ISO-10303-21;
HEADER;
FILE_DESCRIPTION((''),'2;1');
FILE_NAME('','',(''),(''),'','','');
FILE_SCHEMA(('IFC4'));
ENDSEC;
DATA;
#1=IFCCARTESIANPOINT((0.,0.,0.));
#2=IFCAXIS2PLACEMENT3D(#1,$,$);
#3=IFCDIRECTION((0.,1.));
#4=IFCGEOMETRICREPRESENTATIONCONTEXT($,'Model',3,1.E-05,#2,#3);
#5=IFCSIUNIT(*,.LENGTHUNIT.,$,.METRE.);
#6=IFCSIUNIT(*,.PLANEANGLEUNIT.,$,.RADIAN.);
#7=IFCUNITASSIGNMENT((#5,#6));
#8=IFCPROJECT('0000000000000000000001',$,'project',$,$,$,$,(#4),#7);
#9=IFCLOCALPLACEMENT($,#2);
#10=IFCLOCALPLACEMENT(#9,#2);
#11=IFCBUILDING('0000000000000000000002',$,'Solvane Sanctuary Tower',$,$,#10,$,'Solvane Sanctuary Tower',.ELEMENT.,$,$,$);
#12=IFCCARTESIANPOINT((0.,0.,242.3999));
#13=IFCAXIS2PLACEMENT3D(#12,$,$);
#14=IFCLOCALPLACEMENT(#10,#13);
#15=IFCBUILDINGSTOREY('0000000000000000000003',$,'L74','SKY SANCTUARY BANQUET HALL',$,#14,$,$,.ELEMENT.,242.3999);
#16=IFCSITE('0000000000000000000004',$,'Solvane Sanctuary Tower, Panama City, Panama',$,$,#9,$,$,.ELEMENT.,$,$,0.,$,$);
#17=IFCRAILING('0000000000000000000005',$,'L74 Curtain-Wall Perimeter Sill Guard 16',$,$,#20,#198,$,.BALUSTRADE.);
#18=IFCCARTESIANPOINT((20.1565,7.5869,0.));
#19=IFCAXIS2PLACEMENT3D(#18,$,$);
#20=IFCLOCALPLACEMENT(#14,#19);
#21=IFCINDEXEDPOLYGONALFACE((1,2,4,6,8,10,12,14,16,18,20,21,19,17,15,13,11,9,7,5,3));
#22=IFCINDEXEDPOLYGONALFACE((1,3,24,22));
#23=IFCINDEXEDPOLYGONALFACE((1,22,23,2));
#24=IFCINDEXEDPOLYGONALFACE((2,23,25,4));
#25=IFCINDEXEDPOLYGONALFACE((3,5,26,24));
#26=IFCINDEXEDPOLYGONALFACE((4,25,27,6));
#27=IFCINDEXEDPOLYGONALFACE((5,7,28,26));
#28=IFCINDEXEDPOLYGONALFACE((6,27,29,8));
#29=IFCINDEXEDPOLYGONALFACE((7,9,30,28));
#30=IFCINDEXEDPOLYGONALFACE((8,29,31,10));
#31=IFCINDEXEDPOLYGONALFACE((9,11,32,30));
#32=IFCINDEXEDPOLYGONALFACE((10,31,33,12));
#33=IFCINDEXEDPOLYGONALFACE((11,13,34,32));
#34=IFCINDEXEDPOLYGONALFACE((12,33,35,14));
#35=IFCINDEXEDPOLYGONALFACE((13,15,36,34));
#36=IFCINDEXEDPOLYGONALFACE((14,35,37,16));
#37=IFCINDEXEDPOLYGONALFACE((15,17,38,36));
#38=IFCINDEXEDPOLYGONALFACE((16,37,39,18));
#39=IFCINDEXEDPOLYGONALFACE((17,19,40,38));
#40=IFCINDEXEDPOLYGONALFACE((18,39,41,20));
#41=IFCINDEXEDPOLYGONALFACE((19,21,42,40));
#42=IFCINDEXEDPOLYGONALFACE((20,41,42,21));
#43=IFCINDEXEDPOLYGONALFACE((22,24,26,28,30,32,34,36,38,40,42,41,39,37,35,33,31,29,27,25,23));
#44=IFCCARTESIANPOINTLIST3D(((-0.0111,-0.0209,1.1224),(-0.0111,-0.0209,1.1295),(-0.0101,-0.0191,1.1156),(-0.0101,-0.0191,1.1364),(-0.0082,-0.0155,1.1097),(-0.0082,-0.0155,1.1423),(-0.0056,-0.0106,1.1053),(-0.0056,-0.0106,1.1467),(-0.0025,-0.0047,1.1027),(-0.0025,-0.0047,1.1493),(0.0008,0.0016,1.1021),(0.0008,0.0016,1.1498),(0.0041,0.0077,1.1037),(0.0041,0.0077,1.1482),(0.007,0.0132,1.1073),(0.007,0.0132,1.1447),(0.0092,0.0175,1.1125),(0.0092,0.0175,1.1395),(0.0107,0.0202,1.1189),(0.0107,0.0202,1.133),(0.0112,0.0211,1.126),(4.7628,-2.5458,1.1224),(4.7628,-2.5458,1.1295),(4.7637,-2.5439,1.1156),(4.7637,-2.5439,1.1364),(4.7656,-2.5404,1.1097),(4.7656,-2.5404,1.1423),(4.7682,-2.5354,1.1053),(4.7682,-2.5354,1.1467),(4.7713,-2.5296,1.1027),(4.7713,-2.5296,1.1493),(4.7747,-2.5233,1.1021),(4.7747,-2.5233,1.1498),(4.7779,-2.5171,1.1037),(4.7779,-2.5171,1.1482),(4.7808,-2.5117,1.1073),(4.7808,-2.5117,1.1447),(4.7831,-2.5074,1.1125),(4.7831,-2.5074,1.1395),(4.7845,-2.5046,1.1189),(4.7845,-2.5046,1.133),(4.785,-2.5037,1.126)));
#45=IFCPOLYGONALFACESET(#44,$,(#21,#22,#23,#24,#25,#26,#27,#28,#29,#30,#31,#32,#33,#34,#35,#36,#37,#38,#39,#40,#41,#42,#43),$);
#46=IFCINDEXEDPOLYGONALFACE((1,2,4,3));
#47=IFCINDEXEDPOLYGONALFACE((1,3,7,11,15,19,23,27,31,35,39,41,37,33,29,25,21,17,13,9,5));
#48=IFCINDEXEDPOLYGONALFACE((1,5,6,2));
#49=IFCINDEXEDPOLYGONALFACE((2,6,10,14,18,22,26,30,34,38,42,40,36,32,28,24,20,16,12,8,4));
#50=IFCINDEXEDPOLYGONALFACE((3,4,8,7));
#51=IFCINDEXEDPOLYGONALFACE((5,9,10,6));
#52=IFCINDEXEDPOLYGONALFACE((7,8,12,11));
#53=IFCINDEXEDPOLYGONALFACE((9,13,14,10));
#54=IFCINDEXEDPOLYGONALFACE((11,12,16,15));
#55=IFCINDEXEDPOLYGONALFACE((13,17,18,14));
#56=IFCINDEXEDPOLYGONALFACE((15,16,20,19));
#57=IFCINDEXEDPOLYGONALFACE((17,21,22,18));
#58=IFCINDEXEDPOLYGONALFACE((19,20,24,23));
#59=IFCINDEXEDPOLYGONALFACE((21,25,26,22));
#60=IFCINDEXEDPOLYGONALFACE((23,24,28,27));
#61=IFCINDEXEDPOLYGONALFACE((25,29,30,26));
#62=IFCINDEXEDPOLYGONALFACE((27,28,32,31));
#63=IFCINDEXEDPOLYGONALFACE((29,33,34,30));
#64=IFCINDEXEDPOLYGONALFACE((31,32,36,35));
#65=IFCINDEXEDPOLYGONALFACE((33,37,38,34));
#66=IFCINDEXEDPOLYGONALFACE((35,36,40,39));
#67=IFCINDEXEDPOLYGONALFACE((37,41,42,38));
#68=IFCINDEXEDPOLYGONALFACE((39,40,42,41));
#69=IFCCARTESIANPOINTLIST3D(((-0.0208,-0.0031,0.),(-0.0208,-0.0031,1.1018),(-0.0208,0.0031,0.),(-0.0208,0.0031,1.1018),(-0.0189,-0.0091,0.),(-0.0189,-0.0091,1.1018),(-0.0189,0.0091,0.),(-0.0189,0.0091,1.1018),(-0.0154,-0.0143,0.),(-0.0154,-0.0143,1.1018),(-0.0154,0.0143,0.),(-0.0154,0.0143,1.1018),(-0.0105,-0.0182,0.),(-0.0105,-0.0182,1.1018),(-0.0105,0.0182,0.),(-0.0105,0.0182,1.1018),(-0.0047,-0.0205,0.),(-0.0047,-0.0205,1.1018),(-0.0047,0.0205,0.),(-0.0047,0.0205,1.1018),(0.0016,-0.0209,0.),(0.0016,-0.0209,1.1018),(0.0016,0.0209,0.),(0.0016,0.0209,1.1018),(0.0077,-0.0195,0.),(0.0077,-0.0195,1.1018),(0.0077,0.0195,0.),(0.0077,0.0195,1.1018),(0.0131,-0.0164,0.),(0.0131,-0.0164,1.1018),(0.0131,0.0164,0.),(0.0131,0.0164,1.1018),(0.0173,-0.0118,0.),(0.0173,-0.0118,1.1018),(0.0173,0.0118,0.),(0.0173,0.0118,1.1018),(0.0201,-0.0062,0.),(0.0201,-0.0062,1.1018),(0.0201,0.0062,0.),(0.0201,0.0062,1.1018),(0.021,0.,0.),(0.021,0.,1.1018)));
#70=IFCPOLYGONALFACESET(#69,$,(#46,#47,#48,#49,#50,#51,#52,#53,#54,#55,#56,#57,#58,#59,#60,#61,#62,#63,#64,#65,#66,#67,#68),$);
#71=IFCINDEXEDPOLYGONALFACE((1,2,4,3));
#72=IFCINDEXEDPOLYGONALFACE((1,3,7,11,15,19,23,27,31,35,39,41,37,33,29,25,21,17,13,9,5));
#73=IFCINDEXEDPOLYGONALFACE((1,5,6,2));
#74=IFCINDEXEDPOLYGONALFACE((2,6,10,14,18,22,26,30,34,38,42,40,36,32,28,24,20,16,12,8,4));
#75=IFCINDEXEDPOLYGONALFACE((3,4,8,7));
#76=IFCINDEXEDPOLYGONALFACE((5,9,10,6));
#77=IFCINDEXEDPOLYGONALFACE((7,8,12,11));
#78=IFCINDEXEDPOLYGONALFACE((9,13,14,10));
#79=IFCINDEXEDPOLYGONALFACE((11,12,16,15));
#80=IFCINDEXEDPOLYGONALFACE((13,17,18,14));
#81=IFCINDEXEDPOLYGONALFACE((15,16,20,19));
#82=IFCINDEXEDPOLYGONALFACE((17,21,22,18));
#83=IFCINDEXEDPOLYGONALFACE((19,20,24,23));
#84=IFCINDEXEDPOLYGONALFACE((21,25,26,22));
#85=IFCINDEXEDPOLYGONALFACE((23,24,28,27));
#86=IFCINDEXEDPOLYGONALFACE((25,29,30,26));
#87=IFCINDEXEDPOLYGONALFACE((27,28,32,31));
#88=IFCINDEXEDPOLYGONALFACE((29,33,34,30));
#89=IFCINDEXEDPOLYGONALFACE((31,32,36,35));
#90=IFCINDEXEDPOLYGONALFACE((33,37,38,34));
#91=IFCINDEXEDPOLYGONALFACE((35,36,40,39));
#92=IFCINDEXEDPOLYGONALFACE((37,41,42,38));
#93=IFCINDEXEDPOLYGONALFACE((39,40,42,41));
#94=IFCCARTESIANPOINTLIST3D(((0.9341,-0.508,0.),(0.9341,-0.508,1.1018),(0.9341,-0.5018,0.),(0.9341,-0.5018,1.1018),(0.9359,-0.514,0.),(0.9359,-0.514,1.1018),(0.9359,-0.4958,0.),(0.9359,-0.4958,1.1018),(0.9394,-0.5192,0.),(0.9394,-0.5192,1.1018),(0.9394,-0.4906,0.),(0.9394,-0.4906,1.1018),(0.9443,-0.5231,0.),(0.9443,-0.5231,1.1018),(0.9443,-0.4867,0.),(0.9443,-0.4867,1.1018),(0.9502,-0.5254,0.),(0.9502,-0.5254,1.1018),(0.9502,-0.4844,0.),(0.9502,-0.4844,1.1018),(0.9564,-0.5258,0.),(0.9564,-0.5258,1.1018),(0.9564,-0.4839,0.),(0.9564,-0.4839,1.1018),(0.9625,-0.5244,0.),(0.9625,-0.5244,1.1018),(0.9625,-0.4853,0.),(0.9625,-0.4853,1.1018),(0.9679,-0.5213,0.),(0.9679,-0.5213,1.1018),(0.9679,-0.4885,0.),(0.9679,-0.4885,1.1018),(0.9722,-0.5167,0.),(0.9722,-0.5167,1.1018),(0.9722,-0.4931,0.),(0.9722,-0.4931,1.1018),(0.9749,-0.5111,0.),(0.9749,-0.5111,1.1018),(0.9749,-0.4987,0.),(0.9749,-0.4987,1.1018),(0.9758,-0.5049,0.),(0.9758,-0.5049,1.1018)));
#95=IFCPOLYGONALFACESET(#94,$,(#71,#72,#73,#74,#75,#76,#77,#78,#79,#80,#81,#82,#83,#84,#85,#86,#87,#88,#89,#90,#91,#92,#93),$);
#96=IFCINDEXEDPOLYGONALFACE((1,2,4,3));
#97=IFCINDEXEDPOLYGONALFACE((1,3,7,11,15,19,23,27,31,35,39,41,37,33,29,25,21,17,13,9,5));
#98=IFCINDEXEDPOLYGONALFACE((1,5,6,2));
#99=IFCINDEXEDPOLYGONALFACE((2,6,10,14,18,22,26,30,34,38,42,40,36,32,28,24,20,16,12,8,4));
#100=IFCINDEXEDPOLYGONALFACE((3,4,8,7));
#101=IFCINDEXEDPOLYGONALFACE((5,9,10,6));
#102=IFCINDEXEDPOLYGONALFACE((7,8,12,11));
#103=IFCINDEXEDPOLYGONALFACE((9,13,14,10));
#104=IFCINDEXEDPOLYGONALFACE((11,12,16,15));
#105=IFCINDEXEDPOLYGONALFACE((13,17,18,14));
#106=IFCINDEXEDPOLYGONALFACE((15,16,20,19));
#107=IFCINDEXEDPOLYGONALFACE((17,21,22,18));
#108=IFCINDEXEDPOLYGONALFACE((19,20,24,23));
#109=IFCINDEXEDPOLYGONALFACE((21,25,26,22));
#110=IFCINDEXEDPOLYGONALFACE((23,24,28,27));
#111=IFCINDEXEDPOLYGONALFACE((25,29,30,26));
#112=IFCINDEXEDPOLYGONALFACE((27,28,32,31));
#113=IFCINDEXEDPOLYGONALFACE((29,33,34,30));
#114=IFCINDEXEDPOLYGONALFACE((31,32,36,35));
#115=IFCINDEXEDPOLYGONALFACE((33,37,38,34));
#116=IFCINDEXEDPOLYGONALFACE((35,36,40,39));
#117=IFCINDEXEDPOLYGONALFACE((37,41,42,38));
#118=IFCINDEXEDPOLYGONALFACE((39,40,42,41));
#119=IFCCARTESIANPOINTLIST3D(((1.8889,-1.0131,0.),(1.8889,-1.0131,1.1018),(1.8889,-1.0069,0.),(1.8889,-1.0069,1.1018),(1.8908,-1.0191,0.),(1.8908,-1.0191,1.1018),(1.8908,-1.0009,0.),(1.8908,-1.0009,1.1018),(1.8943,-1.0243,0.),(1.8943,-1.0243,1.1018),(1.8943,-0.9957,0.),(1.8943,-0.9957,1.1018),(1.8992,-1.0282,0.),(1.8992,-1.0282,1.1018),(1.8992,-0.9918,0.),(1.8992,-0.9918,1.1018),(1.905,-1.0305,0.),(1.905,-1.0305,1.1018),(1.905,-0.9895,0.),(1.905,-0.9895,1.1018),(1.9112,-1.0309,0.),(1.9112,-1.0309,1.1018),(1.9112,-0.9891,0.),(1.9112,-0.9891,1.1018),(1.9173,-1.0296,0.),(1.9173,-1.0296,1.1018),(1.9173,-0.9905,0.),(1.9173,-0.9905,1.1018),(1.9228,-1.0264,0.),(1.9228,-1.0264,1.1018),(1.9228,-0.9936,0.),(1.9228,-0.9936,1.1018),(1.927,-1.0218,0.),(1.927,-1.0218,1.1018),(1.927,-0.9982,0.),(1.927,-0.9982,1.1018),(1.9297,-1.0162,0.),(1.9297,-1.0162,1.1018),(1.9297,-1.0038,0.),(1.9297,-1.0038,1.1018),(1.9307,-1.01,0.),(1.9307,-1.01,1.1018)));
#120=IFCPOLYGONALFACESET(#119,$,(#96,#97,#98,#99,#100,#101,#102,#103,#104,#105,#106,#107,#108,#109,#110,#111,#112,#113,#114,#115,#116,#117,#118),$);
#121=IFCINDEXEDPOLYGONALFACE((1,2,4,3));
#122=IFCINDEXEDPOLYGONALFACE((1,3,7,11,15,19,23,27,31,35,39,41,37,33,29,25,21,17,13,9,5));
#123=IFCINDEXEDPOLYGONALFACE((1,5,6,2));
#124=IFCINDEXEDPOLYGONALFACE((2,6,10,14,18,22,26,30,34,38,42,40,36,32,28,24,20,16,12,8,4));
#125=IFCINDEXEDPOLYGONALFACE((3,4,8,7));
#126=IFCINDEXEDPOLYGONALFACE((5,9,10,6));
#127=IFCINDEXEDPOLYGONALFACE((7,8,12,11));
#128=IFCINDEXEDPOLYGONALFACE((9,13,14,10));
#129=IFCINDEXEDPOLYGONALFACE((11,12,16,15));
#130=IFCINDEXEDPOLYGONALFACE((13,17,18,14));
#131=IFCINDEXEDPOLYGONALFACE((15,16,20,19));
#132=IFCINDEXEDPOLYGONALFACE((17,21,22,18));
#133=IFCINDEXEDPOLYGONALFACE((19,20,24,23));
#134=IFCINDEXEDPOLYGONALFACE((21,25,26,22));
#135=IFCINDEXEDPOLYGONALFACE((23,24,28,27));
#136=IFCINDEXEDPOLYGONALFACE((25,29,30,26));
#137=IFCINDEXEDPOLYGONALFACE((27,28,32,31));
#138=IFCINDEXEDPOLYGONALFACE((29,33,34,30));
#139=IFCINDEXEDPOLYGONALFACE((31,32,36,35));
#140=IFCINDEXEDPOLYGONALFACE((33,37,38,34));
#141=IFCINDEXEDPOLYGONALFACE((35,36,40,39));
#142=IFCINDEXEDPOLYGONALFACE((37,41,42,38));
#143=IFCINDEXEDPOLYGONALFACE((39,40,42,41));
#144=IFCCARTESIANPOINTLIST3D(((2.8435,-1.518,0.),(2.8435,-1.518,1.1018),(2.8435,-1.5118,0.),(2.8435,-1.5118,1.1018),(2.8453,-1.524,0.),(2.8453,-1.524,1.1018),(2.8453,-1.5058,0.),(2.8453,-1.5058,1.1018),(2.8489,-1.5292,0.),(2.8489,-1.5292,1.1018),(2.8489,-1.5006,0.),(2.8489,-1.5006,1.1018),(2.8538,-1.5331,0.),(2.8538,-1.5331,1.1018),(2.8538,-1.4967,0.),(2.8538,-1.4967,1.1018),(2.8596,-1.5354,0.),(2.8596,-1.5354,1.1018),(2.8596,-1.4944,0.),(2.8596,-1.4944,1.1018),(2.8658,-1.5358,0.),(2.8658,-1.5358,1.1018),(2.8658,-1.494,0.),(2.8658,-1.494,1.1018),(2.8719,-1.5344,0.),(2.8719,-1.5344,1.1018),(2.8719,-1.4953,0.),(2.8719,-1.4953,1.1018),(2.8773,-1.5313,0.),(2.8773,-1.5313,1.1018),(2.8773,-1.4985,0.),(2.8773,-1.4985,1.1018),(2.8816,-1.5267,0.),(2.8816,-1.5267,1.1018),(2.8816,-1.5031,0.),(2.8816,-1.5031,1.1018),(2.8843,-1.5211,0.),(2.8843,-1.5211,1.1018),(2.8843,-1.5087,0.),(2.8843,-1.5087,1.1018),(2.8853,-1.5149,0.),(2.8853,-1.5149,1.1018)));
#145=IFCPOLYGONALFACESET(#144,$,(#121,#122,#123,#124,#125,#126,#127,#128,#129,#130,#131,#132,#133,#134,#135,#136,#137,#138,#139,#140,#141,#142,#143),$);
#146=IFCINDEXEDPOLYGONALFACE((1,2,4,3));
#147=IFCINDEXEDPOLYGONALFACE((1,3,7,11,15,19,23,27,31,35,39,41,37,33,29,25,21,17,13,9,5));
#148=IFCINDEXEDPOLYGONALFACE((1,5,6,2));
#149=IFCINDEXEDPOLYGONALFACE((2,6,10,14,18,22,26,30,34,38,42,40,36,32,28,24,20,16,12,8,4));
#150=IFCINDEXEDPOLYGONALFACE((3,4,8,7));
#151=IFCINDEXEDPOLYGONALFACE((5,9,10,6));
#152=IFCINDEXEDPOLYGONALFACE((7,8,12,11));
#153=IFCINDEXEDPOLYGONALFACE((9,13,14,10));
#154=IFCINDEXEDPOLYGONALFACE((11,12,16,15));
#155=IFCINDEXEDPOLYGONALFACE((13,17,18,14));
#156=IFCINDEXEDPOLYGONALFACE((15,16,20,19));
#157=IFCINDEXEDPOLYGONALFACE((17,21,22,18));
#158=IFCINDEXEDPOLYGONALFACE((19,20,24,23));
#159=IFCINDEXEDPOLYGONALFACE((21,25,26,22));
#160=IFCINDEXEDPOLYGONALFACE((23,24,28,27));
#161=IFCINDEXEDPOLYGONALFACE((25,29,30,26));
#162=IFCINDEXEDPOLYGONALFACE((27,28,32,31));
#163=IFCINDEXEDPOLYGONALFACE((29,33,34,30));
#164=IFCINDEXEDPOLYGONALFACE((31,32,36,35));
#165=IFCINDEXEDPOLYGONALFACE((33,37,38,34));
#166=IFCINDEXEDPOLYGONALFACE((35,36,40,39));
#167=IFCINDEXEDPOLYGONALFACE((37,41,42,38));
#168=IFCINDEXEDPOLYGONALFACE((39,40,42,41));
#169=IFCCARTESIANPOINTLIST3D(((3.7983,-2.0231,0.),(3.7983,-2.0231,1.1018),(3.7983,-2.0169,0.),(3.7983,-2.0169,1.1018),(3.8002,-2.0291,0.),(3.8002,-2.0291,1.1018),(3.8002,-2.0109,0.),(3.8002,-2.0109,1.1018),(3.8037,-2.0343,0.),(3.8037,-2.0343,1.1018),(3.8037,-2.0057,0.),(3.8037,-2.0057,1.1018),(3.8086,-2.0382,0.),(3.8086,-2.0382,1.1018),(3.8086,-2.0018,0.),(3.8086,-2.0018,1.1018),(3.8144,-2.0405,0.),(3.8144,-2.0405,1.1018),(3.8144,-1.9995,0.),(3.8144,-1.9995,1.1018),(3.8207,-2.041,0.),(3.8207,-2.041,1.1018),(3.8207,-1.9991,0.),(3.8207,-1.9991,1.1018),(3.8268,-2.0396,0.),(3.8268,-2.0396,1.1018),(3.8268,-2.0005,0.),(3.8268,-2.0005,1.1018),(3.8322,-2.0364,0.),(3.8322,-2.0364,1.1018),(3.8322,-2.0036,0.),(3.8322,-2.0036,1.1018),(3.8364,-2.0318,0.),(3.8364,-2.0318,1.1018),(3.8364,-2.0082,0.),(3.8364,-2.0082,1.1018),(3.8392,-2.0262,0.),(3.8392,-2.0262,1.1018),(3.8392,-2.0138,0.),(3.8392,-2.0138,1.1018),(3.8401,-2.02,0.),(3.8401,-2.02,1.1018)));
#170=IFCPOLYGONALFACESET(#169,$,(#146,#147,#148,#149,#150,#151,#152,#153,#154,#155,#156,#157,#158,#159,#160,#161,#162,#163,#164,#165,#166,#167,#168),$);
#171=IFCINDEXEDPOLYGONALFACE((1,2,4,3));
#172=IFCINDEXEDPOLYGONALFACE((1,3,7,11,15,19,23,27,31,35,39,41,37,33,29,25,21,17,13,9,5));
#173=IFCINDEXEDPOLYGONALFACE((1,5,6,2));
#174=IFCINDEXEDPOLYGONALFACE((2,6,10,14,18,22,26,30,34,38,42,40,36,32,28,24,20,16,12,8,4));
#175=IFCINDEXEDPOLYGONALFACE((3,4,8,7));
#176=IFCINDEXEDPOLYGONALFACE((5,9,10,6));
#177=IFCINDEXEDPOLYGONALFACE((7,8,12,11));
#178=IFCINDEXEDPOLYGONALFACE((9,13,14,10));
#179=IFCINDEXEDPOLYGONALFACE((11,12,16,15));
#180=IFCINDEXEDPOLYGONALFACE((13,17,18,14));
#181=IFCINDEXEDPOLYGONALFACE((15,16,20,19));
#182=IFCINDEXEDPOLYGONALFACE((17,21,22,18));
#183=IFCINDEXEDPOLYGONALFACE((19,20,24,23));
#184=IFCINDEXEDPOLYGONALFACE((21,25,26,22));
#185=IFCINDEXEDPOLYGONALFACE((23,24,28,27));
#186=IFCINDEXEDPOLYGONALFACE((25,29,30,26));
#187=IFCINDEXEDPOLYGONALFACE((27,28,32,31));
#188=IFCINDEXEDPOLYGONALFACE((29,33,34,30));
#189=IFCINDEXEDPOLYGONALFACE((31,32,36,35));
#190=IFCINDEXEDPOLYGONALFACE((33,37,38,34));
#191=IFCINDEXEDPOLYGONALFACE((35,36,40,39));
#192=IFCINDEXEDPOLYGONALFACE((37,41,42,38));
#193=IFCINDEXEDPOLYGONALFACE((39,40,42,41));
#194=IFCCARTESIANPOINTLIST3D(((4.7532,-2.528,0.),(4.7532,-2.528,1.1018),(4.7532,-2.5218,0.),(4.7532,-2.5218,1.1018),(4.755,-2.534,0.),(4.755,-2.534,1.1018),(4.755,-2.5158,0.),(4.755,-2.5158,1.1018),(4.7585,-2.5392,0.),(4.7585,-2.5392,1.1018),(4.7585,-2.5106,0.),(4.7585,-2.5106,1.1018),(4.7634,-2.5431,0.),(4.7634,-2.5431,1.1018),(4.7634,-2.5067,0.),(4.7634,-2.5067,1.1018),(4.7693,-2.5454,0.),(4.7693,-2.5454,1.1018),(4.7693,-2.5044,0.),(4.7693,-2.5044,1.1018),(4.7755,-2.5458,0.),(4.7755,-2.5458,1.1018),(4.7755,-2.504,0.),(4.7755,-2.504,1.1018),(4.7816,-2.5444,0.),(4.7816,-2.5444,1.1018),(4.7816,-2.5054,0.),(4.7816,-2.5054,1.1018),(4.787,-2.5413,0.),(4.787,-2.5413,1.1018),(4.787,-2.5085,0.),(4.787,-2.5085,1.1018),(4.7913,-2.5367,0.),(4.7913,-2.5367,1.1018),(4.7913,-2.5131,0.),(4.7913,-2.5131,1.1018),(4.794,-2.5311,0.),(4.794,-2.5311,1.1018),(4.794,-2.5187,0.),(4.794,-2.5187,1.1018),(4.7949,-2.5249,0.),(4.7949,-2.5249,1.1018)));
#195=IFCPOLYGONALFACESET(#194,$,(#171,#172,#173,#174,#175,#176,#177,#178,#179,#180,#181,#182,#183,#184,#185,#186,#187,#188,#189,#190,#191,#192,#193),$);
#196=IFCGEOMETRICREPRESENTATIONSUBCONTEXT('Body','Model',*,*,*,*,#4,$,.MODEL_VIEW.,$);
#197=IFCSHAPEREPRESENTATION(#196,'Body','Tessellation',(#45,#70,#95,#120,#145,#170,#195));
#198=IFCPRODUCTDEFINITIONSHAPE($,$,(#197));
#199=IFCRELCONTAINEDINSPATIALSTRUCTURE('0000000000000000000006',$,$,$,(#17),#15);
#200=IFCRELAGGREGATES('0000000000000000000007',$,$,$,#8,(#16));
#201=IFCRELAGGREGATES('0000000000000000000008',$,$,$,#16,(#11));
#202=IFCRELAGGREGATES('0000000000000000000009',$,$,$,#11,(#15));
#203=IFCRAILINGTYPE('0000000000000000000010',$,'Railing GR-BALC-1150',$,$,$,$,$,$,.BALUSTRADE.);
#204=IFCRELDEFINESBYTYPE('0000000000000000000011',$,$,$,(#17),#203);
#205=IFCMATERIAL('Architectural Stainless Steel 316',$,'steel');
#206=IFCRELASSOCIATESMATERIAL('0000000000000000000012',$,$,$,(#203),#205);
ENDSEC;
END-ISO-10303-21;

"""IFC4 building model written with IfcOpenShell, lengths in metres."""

from ifc_helpers import new_model, si_unit, direction, frame, origin, origin_2d, place, context, subcontext, project, spatial, circle, extrude, material, type_object, element, save


model = new_model("IFC4")

# Units and contexts
model_context = context("Model", 3, precision=1e-05, world=origin(), true_north=direction((0.0, 1.0)))
body_context = subcontext(model_context, "Body", "Model", "MODEL_VIEW")
ifc_project = project(units=[si_unit("LENGTHUNIT", "METRE"), si_unit("PLANEANGLEUNIT", "RADIAN")], contexts=[model_context])

# Site, building, storey
site_placement = place(None, origin())
site = spatial("IfcSite", under=ifc_project, at=site_placement, Name="Solvane Sanctuary Tower, Panama City, Panama", CompositionType="ELEMENT", RefElevation=0.0)
building_placement = place(site_placement, origin())
building = spatial("IfcBuilding", under=site, at=building_placement, Name="Solvane Sanctuary Tower", LongName="Solvane Sanctuary Tower", CompositionType="ELEMENT")
storey_placement = place(building_placement, frame((0.0, 0.0, 242.3999)))
storey = spatial("IfcBuildingStorey", under=building, at=storey_placement, Name="L74", Description="SKY SANCTUARY BANQUET HALL", CompositionType="ELEMENT", Elevation=242.3999)

# Railing
ifc_material_1 = material(Name="Architectural Stainless Steel 316", Category="steel")
railing_type = type_object("IfcRailingType", Name="Railing GR-BALC-1150", PredefinedType="BALUSTRADE", material=ifc_material_1)
railing_placement = place(storey_placement, frame((20.1565, 7.5869, 0.0)))
element("IfcRailing", 1, at=railing_placement, inside=storey, type_object=railing_type, Name="L74 Curtain-Wall Perimeter Sill Guard 16", PredefinedType="BALUSTRADE", context=body_context, shape_type="SweptSolid", body=[
    extrude(circle(Radius=0.0239, at=origin_2d()), frame((0.0, 0.0, 1.126), z_axis=(0.883977, -0.46753, 0.0), x_axis=(0.46753, 0.883977, 0.0)), (0.0, 0.0, 1.0), 5.4004),
    extrude(circle(Radius=0.021, at=origin_2d()), origin(), (0.0, 0.0, 1.0), 1.1018),
    extrude(circle(Radius=0.021, at=origin_2d()), frame((0.9548, -0.5049, 0.0)), (0.0, 0.0, 1.0), 1.1018),
    extrude(circle(Radius=0.021, at=origin_2d()), frame((1.9097, -1.01, 0.0)), (0.0, 0.0, 1.0), 1.1018),
    extrude(circle(Radius=0.021, at=origin_2d()), frame((2.8643, -1.5149, 0.0)), (0.0, 0.0, 1.0), 1.1018),
    extrude(circle(Radius=0.021, at=origin_2d()), frame((3.8191, -2.02, 0.0)), (0.0, 0.0, 1.0), 1.1018),
    extrude(circle(Radius=0.021, at=origin_2d()), frame((4.7739, -2.5249, 0.0)), (0.0, 0.0, 1.0), 1.1018),
])

save(model, "model.ifc")
